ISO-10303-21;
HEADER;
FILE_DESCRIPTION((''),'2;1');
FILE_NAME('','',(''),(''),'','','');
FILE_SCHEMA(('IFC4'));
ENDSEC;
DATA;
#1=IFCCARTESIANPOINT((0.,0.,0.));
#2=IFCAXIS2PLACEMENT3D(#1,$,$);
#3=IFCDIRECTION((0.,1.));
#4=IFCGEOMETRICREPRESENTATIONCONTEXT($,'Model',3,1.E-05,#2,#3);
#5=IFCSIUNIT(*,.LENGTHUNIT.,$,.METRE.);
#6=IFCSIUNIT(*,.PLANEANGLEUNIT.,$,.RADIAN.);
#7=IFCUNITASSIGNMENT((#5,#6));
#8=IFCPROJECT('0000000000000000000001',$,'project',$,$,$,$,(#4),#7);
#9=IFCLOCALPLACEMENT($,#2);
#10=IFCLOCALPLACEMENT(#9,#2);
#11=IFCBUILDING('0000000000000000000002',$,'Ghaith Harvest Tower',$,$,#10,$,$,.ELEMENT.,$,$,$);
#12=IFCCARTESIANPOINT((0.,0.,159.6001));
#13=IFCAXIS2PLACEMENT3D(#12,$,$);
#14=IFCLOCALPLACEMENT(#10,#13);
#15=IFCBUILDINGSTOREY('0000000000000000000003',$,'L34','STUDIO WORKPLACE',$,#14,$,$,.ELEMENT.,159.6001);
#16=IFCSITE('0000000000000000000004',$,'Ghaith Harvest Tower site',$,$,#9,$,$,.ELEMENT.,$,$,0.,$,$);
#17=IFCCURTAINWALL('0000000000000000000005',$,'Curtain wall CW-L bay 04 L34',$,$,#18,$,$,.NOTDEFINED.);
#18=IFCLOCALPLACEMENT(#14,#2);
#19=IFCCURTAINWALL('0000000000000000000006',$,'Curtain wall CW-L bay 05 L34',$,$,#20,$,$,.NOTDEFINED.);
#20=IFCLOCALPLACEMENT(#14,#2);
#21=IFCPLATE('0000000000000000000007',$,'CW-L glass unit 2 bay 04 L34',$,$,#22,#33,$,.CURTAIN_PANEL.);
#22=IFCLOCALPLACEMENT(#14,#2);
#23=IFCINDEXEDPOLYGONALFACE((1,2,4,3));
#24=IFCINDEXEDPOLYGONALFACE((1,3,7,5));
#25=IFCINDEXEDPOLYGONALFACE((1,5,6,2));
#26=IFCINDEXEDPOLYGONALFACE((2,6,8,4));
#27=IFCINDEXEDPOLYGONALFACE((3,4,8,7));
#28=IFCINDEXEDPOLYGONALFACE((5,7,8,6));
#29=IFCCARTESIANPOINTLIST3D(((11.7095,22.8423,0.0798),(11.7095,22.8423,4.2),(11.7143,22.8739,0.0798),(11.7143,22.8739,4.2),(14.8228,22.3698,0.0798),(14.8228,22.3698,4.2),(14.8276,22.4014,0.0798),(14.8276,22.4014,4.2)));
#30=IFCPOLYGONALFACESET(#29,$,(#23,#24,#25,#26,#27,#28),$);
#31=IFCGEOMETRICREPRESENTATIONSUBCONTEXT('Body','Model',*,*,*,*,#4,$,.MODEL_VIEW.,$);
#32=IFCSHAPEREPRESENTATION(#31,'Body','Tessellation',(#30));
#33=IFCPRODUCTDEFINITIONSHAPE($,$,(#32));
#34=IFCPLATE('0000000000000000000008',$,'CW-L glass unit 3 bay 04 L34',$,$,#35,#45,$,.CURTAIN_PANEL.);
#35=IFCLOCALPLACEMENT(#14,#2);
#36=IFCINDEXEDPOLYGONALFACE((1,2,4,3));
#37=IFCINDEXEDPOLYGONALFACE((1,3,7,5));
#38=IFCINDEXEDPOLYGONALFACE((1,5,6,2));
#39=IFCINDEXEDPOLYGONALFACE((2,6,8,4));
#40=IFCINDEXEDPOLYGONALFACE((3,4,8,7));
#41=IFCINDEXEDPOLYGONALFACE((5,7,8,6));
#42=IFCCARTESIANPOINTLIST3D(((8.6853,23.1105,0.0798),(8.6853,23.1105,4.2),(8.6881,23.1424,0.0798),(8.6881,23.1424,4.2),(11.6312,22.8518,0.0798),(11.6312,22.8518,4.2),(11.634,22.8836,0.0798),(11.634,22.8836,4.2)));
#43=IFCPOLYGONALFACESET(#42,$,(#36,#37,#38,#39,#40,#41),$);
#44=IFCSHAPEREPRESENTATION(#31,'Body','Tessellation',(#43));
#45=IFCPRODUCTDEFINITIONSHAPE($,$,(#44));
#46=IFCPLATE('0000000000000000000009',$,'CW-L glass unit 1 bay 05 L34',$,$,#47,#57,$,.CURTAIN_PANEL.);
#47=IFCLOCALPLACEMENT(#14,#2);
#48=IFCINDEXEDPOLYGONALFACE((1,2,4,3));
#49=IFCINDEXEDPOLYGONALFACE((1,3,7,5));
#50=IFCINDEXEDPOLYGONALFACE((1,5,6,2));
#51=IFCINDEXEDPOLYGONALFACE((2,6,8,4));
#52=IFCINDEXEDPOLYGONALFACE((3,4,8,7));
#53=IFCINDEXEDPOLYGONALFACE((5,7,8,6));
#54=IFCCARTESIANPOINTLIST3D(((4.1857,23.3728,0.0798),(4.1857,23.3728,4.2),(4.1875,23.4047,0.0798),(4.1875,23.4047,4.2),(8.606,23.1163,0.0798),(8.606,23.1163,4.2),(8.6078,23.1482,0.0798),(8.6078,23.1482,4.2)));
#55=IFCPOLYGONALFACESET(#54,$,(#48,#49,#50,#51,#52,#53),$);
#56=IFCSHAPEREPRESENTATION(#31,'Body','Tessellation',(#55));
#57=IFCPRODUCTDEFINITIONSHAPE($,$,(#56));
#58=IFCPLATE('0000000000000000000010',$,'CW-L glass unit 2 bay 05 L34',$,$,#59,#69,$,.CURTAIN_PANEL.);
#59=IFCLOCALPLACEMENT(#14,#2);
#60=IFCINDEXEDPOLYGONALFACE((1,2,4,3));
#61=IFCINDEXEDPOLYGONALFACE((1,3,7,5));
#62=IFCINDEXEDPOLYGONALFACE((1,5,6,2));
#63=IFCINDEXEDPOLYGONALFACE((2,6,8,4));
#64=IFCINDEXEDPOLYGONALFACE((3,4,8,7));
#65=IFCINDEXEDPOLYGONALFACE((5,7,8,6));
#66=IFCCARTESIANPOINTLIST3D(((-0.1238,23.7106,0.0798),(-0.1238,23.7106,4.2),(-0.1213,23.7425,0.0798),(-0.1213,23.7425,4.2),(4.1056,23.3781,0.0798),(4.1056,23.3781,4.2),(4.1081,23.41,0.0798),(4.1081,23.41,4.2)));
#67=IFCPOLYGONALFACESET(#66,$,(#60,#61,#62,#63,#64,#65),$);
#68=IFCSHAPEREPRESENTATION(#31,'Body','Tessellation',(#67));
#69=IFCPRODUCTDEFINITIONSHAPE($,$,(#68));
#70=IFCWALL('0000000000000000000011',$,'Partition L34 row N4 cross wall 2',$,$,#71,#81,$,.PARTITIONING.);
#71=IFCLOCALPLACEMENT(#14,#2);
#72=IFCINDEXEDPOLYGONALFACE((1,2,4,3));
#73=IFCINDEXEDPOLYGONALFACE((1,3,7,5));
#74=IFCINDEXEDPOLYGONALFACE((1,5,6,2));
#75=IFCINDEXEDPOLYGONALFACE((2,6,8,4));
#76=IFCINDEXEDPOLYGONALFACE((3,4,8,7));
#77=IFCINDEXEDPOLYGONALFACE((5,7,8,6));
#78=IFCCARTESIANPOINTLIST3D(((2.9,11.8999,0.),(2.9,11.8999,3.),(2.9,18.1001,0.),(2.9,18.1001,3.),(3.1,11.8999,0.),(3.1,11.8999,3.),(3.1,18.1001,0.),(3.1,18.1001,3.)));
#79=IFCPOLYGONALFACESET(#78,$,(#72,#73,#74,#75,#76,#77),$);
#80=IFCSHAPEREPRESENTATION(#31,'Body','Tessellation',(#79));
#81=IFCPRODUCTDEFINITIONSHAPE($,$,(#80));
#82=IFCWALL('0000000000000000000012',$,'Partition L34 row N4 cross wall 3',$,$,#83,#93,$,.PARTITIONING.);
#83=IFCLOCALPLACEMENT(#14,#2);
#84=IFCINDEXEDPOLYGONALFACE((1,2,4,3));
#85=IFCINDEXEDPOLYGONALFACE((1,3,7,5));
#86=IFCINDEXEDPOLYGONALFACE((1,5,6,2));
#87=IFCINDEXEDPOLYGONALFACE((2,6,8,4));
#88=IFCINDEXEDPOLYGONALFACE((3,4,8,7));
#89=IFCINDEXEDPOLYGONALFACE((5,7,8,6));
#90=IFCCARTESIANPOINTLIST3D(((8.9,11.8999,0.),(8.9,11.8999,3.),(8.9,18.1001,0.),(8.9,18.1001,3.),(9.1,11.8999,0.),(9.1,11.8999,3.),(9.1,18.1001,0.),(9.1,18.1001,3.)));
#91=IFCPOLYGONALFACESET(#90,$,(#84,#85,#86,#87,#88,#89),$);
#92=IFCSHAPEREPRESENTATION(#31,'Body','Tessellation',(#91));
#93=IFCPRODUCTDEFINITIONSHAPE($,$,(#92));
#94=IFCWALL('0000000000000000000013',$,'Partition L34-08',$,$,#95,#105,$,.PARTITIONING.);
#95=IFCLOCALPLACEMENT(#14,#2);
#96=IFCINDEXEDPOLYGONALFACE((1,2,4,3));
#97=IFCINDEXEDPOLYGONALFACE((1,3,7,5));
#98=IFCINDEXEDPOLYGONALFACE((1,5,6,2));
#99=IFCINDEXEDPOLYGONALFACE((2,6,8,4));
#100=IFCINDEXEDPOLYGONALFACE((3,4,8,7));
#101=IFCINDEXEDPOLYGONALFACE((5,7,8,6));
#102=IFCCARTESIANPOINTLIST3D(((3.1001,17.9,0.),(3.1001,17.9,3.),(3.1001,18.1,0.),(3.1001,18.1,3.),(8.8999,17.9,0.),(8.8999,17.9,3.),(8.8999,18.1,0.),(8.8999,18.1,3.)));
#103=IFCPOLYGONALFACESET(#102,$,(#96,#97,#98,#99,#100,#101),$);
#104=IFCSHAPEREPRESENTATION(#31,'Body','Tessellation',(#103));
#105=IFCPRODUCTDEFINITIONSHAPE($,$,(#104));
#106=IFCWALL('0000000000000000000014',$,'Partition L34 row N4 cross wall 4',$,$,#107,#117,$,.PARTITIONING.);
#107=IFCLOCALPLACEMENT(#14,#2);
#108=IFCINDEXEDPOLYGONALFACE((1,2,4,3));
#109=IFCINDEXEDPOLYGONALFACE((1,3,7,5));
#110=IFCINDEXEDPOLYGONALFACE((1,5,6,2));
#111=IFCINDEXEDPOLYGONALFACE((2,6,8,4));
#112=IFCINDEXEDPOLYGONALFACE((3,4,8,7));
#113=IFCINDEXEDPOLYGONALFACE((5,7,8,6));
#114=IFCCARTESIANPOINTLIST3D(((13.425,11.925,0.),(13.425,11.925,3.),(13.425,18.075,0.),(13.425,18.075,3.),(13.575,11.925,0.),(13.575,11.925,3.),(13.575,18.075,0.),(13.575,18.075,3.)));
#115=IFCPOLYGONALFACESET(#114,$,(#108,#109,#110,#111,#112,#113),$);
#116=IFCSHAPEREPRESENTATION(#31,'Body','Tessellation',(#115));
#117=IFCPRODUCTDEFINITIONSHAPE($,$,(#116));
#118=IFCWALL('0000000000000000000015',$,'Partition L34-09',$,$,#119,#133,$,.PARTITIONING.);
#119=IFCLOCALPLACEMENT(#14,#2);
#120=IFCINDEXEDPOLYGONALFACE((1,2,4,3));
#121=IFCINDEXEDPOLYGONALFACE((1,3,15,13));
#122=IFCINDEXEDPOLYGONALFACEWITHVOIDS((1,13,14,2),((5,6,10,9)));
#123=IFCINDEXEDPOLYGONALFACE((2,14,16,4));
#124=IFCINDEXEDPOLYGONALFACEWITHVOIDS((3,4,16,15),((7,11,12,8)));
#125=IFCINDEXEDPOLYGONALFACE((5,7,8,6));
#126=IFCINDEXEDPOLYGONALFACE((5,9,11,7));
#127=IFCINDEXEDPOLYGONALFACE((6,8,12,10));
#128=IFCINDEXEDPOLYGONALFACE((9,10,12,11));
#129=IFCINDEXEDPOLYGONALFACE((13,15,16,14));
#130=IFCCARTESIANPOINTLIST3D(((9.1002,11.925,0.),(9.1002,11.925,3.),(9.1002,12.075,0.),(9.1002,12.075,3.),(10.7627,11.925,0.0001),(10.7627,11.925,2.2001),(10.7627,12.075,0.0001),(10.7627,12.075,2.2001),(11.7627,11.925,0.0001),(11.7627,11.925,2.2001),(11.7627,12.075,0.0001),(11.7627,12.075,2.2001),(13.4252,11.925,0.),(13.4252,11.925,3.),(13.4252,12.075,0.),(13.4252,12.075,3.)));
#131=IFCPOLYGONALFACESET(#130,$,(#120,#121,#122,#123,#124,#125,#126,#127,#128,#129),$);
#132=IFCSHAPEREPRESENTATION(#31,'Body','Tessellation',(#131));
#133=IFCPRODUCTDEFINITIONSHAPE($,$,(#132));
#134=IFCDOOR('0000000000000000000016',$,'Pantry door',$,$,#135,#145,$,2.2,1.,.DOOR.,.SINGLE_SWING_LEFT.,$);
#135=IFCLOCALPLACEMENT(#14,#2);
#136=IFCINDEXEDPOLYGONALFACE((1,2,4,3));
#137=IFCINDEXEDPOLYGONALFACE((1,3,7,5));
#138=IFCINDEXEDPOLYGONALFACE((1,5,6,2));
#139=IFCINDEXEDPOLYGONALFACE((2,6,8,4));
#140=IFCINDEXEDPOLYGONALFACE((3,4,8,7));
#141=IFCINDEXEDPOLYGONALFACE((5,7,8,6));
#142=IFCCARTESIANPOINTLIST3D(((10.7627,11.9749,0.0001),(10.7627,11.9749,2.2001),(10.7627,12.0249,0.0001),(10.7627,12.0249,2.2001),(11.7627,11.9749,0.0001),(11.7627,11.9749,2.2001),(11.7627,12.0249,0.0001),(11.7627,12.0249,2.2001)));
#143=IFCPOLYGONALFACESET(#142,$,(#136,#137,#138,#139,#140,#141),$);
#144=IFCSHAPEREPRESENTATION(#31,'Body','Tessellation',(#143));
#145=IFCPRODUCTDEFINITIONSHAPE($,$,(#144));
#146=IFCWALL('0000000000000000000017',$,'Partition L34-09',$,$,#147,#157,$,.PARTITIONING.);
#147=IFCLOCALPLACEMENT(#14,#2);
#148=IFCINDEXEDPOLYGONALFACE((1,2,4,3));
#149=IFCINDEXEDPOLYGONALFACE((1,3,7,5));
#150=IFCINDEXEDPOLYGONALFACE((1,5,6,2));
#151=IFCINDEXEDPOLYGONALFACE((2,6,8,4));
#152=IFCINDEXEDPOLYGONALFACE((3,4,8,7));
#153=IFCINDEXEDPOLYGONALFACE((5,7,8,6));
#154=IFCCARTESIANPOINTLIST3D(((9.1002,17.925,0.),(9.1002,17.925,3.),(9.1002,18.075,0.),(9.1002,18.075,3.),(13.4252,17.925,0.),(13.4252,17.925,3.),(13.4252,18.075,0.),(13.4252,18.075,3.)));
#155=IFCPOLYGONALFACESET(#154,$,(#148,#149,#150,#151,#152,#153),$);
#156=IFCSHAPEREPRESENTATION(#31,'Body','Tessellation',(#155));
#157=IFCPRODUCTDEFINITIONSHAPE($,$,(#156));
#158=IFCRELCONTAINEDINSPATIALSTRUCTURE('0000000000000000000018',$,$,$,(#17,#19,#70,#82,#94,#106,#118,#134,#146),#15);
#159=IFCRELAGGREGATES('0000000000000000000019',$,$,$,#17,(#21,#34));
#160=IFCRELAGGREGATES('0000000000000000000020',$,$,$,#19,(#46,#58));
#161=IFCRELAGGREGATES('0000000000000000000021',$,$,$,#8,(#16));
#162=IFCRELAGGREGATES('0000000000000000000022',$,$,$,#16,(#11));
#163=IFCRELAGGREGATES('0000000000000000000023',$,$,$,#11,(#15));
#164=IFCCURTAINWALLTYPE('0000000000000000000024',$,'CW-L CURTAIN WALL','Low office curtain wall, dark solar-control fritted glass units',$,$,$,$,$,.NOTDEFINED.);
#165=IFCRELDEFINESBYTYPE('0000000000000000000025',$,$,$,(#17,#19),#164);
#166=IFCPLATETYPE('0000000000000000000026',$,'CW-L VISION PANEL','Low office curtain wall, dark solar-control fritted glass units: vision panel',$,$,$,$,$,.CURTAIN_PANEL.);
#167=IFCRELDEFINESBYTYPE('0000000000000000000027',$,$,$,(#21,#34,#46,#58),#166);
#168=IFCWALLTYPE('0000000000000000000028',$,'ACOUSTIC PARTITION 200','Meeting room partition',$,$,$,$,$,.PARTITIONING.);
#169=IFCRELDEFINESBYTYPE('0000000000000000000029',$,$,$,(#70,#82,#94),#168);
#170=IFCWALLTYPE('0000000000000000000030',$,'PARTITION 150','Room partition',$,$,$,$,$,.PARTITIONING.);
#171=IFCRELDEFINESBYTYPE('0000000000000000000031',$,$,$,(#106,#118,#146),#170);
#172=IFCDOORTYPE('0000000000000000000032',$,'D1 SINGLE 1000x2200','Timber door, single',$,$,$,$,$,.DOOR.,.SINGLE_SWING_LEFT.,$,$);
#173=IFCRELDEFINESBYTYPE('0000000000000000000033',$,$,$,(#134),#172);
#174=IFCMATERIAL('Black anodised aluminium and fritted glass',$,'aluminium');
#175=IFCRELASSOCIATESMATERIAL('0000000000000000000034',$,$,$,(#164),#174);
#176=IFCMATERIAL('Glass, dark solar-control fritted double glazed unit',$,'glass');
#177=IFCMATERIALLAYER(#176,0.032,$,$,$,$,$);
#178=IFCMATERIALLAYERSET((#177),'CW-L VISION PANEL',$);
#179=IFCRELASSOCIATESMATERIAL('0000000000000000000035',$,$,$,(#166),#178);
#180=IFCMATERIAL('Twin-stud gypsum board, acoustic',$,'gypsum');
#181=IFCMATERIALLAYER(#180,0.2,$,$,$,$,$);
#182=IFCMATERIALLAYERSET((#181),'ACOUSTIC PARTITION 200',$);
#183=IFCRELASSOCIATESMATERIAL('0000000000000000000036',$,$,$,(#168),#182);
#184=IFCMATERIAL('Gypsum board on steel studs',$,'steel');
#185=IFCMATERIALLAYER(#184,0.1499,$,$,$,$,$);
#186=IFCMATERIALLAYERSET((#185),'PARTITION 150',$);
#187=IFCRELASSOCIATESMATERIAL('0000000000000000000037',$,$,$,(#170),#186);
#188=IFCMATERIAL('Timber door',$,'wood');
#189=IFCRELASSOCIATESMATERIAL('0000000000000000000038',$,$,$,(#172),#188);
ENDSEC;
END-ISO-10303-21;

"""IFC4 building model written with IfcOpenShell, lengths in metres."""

from ifc_helpers import new_model, si_unit, direction, frame, frame_2d, origin, origin_2d, place, context, subcontext, project, spatial, rectangle, extrude, material, layer, layer_set, type_object, element, fill, aggregate, save


model = new_model("IFC4")

# Units and contexts
model_context = context("Model", 3, precision=1e-05, world=origin(), true_north=direction((0.0, 1.0)))
body_context = subcontext(model_context, "Body", "Model", "MODEL_VIEW")
ifc_project = project(units=[si_unit("LENGTHUNIT", "METRE"), si_unit("PLANEANGLEUNIT", "RADIAN")], contexts=[model_context])

# Site, building, storey
site_placement = place(None, origin())
site = spatial("IfcSite", under=ifc_project, at=site_placement, Name="Ghaith Harvest Tower site", CompositionType="ELEMENT", RefElevation=0.0)
building_placement = place(site_placement, origin())
building = spatial("IfcBuilding", under=site, at=building_placement, Name="Ghaith Harvest Tower", CompositionType="ELEMENT")
storey_placement = place(building_placement, frame((0.0, 0.0, 159.6001)))
storey = spatial("IfcBuildingStorey", under=building, at=storey_placement, Name="L34", Description="STUDIO WORKPLACE", CompositionType="ELEMENT", Elevation=159.6001)

# Curtain wall
ifc_material_1 = material(Name="Black anodised aluminium and fritted glass", Category="aluminium")
curtain_wall_type = type_object("IfcCurtainWallType", Name="CW-L CURTAIN WALL", Description="Low office curtain wall, dark solar-control fritted glass units", PredefinedType="NOTDEFINED", material=ifc_material_1)
curtain_wall_1_placement = place(storey_placement, origin())
curtain_wall_1 = element("IfcCurtainWall", 1, at=curtain_wall_1_placement, inside=storey, type_object=curtain_wall_type, Name="Curtain wall CW-L bay 04 L34", PredefinedType="NOTDEFINED")

# Curtain wall
curtain_wall_2_placement = place(storey_placement, origin())
curtain_wall_2 = element("IfcCurtainWall", 2, at=curtain_wall_2_placement, inside=storey, type_object=curtain_wall_type, Name="Curtain wall CW-L bay 05 L34", PredefinedType="NOTDEFINED")

# Plates
ifc_material_2 = material(Name="Glass, dark solar-control fritted double glazed unit", Category="glass")
ifc_layer_1 = layer(ifc_material_2, 0.032)
ifc_layer_set_1 = layer_set([ifc_layer_1], Name="CW-L VISION PANEL")
plate_type = type_object("IfcPlateType", Name="CW-L VISION PANEL", Description="Low office curtain wall, dark solar-control fritted glass units: vision panel", PredefinedType="CURTAIN_PANEL", material=ifc_layer_set_1)
plate_1_placement = place(storey_placement, frame((13.2686, 22.6218, 0.0798), z_axis=(0.0, 0.0, 1.0), x_axis=(-0.988679, 0.150048, 0.0)))
plate_1 = element("IfcPlate", 3, at=plate_1_placement, type_object=plate_type, Name="CW-L glass unit 2 bay 04 L34", PredefinedType="CURTAIN_PANEL", context=body_context, shape_type="SweptSolid", body=[
    extrude(rectangle(XDim=3.1489, YDim=0.032, at=origin_2d()), origin(), (0.0, 0.0, 1.0), 4.1201),
])
plate_2_placement = place(storey_placement, frame((10.1597, 22.9971, 0.0798), z_axis=(0.0, 0.0, 1.0), x_axis=(-0.996166, 0.087481, 0.0)))
plate_2 = element("IfcPlate", 4, at=plate_2_placement, type_object=plate_type, Name="CW-L glass unit 3 bay 04 L34", PredefinedType="CURTAIN_PANEL", context=body_context, shape_type="SweptSolid", body=[
    extrude(rectangle(XDim=2.9573, YDim=0.032, at=origin_2d()), origin(), (0.0, 0.0, 1.0), 4.1201),
])
aggregate(curtain_wall_1, [plate_1, plate_2])
plate_3_placement = place(storey_placement, frame((6.3967, 23.2605, 0.0798), z_axis=(0.0, 0.0, 1.0), x_axis=(-0.998321, 0.057927, 0.0)))
plate_3 = element("IfcPlate", 5, at=plate_3_placement, type_object=plate_type, Name="CW-L glass unit 1 bay 05 L34", PredefinedType="CURTAIN_PANEL", context=body_context, shape_type="SweptSolid", body=[
    extrude(rectangle(XDim=4.4277, YDim=0.032, at=origin_2d()), origin(), (0.0, 0.0, 1.0), 4.1201),
])
plate_4_placement = place(storey_placement, frame((1.9922, 23.5603, 0.0798), z_axis=(0.0, 0.0, 1.0), x_axis=(-0.996925, 0.07836, 0.0)))
plate_4 = element("IfcPlate", 6, at=plate_4_placement, type_object=plate_type, Name="CW-L glass unit 2 bay 05 L34", PredefinedType="CURTAIN_PANEL", context=body_context, shape_type="SweptSolid", body=[
    extrude(rectangle(XDim=4.2424, YDim=0.032, at=origin_2d()), origin(), (0.0, 0.0, 1.0), 4.1201),
])
aggregate(curtain_wall_2, [plate_3, plate_4])

# Walls
ifc_material_3 = material(Name="Twin-stud gypsum board, acoustic", Category="gypsum")
ifc_layer_2 = layer(ifc_material_3, 0.2)
ifc_layer_set_2 = layer_set([ifc_layer_2], Name="ACOUSTIC PARTITION 200")
wall_type_1 = type_object("IfcWallType", Name="ACOUSTIC PARTITION 200", Description="Meeting room partition", PredefinedType="PARTITIONING", material=ifc_layer_set_2)
for number, where, z_axis, x_axis, name in (
    (7, (3.0, 11.8999, 0.0), (0.0, 0.0, 1.0), (0.0, 1.0, 0.0), "Partition L34 row N4 cross wall 2"),
    (8, (9.0, 11.8999, 0.0), (0.0, 0.0, 1.0), (0.0, 1.0, 0.0), "Partition L34 row N4 cross wall 3"),
):
    element("IfcWall", number, at=place(storey_placement, frame(where, z_axis=z_axis, x_axis=x_axis)), inside=storey, type_object=wall_type_1, Name=name, PredefinedType="PARTITIONING", context=body_context, shape_type="SweptSolid", body=[
        extrude(rectangle(XDim=6.2002, YDim=0.2, at=frame_2d((3.1001, 0.0))), origin(), (0.0, 0.0, 1.0), 3.0),
    ])

# Walls
wall_1_placement = place(storey_placement, frame((3.1001, 18.0, 0.0), z_axis=(0.0, 0.0, 1.0), x_axis=(1.0, 0.0, 0.0)))
element("IfcWall", 9, at=wall_1_placement, inside=storey, type_object=wall_type_1, Name="Partition L34-08", PredefinedType="PARTITIONING", context=body_context, shape_type="SweptSolid", body=[
    extrude(rectangle(XDim=5.7998, YDim=0.2, at=frame_2d((2.8999, 0.0))), origin(), (0.0, 0.0, 1.0), 3.0),
])
ifc_material_4 = material(Name="Gypsum board on steel studs", Category="steel")
ifc_layer_3 = layer(ifc_material_4, 0.1499)
ifc_layer_set_3 = layer_set([ifc_layer_3], Name="PARTITION 150")
wall_type_2 = type_object("IfcWallType", Name="PARTITION 150", Description="Room partition", PredefinedType="PARTITIONING", material=ifc_layer_set_3)
wall_2_placement = place(storey_placement, frame((13.5, 11.925, 0.0), z_axis=(0.0, 0.0, 1.0), x_axis=(0.0, 1.0, 0.0)))
element("IfcWall", 10, at=wall_2_placement, inside=storey, type_object=wall_type_2, Name="Partition L34 row N4 cross wall 4", PredefinedType="PARTITIONING", context=body_context, shape_type="SweptSolid", body=[
    extrude(rectangle(XDim=6.1499, YDim=0.1499, at=frame_2d((3.075, 0.0))), origin(), (0.0, 0.0, 1.0), 3.0),
])

# Wall, opening, door
wall_3_placement = place(storey_placement, frame((9.1001, 12.0, 0.0), z_axis=(0.0, 0.0, 1.0), x_axis=(1.0, 0.0, 0.0)))
wall_3 = element("IfcWall", 11, at=wall_3_placement, inside=storey, type_object=wall_type_2, Name="Partition L34-09", PredefinedType="PARTITIONING", context=body_context, shape_type="SweptSolid", body=[
    extrude(rectangle(XDim=4.325, YDim=0.1499, at=frame_2d((2.1626, 0.0))), origin(), (0.0, 0.0, 1.0), 3.0),
])
opening_1_placement = place(wall_3_placement, frame((1.6626, 0.0, 0.0)))
opening_1 = element("IfcOpeningElement", 12, at=opening_1_placement, cuts=wall_3, PredefinedType="OPENING", context=body_context, shape_type="SweptSolid", body=[
    extrude(rectangle(XDim=1.0, YDim=2.2, at=frame_2d((0.5, 1.1001))), frame((0.0, 0.085, 0.0), z_axis=(0.0, -1.0, 0.0), x_axis=(1.0, 0.0, 0.0)), (0.0, 0.0, 1.0), 0.1699),
])
ifc_material_5 = material(Name="Timber door", Category="wood")
door_type_1 = type_object("IfcDoorType", Name="D1 SINGLE 1000x2200", Description="Timber door, single", OperationType="SINGLE_SWING_LEFT", PredefinedType="DOOR", material=ifc_material_5)
door_1_placement = place(opening_1_placement, origin())
door_1 = element("IfcDoor", 13, at=door_1_placement, inside=storey, type_object=door_type_1, Name="Pantry door", OperationType="SINGLE_SWING_LEFT", OverallHeight=2.2, OverallWidth=1.0, PredefinedType="DOOR", context=body_context, shape_type="SweptSolid", body=[
    extrude(rectangle(XDim=1.0, YDim=2.2, at=frame_2d((0.5, 1.1001))), frame((0.0, 0.0249, 0.0), z_axis=(0.0, -1.0, 0.0), x_axis=(1.0, 0.0, 0.0)), (0.0, 0.0, 1.0), 0.05),
])
fill(opening_1, door_1)

# Wall
wall_4_placement = place(storey_placement, frame((9.1001, 18.0, 0.0), z_axis=(0.0, 0.0, 1.0), x_axis=(1.0, 0.0, 0.0)))
element("IfcWall", 14, at=wall_4_placement, inside=storey, type_object=wall_type_2, Name="Partition L34-09", PredefinedType="PARTITIONING", context=body_context, shape_type="SweptSolid", body=[
    extrude(rectangle(XDim=4.325, YDim=0.1499, at=frame_2d((2.1626, 0.0))), origin(), (0.0, 0.0, 1.0), 3.0),
])

save(model, "model.ifc")
